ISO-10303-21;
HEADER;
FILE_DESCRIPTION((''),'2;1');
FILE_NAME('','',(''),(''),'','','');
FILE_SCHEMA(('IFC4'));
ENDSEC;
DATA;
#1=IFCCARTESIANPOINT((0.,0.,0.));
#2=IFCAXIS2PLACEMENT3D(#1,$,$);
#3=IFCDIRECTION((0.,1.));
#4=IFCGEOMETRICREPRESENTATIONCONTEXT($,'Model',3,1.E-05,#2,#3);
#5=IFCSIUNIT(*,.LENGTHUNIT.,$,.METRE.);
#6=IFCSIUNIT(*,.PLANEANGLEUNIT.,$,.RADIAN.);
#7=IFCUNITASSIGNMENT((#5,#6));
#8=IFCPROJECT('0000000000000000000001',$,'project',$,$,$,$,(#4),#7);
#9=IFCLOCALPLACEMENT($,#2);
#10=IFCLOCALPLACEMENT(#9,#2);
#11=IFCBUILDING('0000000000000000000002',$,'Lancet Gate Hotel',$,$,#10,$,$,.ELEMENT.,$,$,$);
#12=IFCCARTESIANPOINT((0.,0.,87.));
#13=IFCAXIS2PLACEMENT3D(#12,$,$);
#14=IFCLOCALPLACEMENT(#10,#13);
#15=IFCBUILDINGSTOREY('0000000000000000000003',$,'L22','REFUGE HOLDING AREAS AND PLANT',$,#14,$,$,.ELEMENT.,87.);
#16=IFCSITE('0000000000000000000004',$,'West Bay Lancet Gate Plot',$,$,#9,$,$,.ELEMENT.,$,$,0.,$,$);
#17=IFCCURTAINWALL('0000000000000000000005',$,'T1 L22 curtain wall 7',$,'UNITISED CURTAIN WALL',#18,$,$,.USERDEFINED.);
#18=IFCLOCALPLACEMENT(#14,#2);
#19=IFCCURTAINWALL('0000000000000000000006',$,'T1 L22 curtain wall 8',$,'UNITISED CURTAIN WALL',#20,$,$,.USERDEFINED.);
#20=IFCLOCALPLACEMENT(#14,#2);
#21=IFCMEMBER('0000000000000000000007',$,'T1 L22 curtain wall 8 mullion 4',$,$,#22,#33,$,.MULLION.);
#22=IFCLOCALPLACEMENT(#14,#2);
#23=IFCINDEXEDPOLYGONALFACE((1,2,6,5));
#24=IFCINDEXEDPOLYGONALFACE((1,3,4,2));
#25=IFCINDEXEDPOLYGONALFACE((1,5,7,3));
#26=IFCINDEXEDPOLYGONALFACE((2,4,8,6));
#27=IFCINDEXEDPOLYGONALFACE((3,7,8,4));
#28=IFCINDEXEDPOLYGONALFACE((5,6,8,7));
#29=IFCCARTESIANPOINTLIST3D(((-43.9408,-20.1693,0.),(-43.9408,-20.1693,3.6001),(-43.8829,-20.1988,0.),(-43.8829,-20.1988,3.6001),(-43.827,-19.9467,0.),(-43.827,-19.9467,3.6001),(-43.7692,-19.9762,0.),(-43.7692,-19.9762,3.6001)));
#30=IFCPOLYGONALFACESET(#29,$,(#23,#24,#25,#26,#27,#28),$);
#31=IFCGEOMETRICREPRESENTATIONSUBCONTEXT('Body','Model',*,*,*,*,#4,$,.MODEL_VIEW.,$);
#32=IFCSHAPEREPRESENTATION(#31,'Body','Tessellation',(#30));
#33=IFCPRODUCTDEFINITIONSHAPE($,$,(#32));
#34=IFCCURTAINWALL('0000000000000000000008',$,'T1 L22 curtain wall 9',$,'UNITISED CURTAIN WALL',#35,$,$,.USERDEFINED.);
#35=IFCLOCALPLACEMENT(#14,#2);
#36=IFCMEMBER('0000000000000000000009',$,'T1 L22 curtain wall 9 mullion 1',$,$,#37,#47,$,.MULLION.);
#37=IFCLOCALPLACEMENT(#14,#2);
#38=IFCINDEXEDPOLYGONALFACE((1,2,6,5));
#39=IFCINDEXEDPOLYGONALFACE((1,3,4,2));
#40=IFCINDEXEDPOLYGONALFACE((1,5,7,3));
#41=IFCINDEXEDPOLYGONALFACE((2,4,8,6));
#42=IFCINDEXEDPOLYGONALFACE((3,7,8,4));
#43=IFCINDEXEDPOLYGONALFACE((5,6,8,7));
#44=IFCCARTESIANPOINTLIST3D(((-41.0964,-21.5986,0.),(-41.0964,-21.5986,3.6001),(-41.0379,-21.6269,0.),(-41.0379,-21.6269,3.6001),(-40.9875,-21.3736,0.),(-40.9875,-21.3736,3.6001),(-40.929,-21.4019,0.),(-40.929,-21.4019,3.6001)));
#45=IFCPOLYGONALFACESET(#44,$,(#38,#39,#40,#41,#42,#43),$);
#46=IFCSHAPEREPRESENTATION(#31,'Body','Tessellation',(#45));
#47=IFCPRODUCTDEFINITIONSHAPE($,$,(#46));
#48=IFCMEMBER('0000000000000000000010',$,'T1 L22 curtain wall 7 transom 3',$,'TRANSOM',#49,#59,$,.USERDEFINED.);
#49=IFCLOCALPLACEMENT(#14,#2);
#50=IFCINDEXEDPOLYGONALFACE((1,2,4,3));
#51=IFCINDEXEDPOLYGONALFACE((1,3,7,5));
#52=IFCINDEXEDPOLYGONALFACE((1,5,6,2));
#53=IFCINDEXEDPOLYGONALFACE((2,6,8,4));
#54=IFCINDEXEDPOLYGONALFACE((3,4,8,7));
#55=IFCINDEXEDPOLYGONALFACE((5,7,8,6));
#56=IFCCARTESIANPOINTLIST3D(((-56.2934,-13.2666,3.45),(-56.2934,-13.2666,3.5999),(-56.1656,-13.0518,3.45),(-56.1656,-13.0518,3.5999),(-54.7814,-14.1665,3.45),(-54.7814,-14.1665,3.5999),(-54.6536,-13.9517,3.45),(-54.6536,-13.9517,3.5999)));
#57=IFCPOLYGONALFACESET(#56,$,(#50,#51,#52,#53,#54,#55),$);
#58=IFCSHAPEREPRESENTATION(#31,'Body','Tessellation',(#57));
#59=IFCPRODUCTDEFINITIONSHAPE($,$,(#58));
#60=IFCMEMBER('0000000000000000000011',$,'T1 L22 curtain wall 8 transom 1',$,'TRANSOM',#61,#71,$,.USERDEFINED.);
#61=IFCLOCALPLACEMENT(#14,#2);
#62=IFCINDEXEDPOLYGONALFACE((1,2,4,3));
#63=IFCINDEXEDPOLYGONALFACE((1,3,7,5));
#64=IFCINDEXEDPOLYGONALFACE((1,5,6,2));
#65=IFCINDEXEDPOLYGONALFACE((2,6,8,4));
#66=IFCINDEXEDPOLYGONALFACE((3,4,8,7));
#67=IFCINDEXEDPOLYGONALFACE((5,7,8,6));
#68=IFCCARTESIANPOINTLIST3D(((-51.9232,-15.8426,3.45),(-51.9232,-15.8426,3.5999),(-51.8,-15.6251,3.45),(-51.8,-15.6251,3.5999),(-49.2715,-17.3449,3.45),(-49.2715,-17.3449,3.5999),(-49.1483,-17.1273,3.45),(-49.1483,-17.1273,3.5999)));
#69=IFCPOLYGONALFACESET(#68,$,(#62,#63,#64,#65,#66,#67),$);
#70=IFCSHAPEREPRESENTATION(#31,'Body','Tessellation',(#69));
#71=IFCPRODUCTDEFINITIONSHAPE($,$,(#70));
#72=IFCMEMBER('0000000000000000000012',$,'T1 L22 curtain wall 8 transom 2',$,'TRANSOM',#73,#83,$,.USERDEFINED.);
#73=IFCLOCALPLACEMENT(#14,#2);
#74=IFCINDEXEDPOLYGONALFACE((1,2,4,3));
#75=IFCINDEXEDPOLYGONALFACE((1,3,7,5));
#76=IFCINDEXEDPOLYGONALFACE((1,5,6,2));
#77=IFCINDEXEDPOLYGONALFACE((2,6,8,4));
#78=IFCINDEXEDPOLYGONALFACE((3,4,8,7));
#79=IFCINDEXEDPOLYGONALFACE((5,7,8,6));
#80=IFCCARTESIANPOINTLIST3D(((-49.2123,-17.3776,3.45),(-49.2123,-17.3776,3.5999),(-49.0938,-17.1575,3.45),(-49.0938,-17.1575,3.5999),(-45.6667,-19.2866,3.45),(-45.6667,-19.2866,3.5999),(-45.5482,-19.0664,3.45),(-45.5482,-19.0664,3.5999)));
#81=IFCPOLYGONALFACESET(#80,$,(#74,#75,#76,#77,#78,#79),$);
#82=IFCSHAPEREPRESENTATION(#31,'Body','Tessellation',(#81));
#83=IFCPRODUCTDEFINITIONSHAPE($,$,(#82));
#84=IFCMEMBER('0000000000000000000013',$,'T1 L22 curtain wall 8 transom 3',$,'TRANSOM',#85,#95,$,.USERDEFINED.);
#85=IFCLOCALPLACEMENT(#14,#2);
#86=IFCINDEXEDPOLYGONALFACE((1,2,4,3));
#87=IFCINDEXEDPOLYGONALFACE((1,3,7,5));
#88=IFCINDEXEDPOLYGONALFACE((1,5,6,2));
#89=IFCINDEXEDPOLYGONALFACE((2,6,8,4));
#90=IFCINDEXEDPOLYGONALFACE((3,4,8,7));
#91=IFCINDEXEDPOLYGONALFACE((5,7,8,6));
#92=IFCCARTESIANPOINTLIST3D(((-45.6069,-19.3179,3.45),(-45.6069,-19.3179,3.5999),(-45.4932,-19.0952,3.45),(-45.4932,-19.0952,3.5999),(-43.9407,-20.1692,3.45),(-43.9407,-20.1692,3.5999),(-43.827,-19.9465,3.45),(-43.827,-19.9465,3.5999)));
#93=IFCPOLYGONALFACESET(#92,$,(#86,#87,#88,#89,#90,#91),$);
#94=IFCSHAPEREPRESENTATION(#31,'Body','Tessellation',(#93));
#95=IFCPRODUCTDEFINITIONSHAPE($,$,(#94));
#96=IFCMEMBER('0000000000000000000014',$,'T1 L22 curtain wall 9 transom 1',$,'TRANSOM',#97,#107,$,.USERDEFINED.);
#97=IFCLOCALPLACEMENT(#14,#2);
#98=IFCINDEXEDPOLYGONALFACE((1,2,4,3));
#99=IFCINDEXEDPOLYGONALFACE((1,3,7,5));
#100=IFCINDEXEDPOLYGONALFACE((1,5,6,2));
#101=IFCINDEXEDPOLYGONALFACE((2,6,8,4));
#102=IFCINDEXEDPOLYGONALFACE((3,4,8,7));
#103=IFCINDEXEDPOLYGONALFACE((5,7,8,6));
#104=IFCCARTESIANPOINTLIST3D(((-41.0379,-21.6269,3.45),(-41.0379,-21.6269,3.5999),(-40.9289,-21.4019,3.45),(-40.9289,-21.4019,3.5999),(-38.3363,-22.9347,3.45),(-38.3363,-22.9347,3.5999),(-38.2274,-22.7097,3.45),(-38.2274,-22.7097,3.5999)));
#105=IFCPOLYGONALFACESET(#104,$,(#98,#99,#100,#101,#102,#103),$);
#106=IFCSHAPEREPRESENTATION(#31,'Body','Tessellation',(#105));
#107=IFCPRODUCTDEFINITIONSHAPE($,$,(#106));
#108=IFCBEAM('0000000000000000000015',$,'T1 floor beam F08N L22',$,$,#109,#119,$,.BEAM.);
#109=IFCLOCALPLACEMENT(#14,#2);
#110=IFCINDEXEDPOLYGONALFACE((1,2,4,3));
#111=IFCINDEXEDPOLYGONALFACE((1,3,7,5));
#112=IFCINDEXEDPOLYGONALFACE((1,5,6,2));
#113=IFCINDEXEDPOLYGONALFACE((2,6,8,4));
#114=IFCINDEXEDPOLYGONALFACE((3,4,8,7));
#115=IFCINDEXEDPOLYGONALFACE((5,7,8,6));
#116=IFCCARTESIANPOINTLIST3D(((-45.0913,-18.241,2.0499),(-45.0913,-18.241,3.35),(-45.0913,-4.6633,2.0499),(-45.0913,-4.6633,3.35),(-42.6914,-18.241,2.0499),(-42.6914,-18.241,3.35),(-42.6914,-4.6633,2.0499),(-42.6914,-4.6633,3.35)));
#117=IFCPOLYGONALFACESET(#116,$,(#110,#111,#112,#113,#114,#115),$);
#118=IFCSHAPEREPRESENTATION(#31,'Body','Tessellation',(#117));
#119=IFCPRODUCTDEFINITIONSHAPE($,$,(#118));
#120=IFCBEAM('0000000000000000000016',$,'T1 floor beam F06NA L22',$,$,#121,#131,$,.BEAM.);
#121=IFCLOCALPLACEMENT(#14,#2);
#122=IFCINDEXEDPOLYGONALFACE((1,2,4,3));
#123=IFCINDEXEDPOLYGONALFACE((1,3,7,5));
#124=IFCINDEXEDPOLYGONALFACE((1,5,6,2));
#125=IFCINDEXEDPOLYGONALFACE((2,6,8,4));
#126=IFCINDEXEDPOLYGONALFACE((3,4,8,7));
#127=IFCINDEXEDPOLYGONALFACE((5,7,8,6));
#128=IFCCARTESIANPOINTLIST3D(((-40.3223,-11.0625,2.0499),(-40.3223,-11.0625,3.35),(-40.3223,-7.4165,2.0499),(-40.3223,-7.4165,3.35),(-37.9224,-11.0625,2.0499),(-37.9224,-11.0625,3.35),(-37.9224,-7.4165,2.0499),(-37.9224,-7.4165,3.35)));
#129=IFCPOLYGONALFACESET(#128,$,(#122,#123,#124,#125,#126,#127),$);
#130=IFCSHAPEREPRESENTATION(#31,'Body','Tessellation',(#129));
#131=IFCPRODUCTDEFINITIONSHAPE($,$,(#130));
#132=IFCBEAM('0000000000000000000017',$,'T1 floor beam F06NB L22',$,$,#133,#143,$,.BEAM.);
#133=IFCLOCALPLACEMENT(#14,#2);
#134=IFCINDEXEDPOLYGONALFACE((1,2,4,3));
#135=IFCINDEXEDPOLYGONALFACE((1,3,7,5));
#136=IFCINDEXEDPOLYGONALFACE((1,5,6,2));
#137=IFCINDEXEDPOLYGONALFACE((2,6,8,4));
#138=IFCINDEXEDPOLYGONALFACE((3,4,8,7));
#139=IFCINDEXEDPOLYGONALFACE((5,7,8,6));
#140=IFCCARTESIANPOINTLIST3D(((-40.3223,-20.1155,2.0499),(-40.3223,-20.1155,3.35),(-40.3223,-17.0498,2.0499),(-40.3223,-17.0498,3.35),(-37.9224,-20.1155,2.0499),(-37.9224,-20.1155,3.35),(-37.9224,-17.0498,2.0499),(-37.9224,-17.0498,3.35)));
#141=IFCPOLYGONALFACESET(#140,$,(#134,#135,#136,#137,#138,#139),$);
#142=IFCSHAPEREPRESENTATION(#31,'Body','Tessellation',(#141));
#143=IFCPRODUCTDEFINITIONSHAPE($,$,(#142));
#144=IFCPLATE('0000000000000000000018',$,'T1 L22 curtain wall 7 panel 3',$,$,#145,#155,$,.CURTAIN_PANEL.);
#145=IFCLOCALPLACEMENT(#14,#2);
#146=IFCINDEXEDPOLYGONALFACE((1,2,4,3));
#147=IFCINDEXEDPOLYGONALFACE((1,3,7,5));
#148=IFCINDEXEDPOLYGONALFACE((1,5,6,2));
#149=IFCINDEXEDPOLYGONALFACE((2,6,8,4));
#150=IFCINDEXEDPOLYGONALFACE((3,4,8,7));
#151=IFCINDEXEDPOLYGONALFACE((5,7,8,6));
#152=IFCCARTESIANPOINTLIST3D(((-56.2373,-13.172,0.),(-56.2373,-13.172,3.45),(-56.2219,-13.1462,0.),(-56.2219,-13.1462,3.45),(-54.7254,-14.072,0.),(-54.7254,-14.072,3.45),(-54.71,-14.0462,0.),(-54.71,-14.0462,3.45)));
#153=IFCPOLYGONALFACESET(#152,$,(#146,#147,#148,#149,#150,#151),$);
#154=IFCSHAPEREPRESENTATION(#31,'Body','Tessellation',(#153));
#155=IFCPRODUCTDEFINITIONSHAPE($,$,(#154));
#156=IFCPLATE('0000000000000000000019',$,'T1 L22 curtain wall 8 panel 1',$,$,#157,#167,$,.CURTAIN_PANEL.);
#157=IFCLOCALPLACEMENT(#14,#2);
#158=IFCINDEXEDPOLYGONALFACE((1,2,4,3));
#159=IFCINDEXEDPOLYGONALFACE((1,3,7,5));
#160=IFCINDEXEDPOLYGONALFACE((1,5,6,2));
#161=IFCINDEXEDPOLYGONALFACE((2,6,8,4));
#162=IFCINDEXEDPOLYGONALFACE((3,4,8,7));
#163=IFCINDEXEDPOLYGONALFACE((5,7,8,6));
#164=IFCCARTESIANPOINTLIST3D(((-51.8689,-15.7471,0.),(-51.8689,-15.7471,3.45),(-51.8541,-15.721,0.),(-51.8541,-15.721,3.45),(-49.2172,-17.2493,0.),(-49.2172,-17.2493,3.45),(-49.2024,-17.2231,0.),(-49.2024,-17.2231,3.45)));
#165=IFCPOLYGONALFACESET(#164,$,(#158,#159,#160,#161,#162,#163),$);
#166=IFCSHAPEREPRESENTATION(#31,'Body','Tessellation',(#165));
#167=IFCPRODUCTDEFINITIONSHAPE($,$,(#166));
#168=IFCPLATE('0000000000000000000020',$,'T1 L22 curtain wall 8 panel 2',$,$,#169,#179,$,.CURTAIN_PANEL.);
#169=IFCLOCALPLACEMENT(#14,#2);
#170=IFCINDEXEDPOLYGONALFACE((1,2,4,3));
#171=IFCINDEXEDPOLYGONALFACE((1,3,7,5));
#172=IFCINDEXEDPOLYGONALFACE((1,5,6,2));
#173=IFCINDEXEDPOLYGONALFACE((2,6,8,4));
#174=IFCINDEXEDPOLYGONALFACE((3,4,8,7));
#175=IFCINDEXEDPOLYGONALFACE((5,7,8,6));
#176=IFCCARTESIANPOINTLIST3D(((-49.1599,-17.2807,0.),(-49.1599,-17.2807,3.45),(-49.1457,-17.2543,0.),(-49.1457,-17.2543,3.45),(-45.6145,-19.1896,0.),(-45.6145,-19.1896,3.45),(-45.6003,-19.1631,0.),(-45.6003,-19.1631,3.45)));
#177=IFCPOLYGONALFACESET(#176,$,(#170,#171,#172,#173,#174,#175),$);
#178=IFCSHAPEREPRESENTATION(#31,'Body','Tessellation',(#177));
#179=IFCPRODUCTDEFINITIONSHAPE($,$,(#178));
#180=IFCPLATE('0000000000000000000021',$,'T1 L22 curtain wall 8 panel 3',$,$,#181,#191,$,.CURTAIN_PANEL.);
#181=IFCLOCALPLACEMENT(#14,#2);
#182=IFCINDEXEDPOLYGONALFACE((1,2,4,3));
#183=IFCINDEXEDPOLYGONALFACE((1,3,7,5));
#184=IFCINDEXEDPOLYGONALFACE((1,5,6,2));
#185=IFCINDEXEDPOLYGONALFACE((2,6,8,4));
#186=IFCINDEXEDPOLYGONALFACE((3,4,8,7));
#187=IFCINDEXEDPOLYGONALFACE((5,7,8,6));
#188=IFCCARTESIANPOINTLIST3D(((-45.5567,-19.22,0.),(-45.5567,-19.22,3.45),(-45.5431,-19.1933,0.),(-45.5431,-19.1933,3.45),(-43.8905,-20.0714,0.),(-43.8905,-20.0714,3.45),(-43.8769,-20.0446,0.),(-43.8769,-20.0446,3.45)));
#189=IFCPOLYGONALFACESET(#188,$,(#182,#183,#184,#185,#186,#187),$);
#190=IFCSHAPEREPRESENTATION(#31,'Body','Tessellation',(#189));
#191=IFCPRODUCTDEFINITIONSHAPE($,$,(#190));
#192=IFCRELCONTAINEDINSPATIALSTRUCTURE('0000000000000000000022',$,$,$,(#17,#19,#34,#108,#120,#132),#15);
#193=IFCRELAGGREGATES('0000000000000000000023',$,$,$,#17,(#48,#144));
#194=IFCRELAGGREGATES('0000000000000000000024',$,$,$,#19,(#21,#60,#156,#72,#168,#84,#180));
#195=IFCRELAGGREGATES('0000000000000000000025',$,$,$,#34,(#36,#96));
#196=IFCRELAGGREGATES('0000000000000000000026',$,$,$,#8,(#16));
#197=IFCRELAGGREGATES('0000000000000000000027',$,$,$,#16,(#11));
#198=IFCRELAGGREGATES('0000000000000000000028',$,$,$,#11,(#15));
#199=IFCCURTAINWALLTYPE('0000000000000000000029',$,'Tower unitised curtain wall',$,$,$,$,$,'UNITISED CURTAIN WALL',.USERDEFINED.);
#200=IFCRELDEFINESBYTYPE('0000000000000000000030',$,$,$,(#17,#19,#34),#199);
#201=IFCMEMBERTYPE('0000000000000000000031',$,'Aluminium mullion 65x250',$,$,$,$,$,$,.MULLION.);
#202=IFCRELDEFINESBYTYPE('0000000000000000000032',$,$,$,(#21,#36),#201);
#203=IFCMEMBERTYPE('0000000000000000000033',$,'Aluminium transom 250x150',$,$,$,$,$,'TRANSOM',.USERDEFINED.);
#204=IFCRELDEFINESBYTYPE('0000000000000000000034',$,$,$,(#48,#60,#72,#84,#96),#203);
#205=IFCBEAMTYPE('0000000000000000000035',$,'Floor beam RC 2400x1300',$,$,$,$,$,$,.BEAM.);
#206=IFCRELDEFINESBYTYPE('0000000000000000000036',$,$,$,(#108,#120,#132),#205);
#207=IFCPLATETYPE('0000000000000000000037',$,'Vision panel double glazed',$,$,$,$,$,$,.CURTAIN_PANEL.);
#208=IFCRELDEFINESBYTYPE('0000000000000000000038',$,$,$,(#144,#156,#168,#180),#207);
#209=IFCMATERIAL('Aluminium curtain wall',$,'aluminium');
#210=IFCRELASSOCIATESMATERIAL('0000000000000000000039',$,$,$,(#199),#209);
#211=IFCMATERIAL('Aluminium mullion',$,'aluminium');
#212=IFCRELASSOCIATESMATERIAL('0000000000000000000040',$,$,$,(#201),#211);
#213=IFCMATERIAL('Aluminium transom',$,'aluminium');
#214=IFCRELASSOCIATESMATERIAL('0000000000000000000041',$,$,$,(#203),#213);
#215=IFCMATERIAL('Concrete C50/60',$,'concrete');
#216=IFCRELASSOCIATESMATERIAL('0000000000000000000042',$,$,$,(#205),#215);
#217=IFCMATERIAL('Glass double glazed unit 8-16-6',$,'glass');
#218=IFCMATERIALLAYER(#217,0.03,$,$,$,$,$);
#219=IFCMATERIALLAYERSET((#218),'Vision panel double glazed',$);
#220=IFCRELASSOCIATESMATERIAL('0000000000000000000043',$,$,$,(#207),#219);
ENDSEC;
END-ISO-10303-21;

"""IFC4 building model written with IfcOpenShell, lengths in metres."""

from ifc_helpers import new_model, si_unit, direction, frame, origin, origin_2d, place, context, subcontext, project, spatial, rectangle, extrude, material, layer, layer_set, material_profile, profile_set, type_object, element, aggregate, save


model = new_model("IFC4")

# Units and contexts
model_context = context("Model", 3, precision=1e-05, world=origin(), true_north=direction((0.0, 1.0)))
body_context = subcontext(model_context, "Body", "Model", "MODEL_VIEW")
ifc_project = project(units=[si_unit("LENGTHUNIT", "METRE"), si_unit("PLANEANGLEUNIT", "RADIAN")], contexts=[model_context])

# Site, building, storey
site_placement = place(None, origin())
site = spatial("IfcSite", under=ifc_project, at=site_placement, Name="West Bay Lancet Gate Plot", CompositionType="ELEMENT", RefElevation=0.0)
building_placement = place(site_placement, origin())
building = spatial("IfcBuilding", under=site, at=building_placement, Name="Lancet Gate Hotel", CompositionType="ELEMENT")
storey_placement = place(building_placement, frame((0.0, 0.0, 87.0)))
storey = spatial("IfcBuildingStorey", under=building, at=storey_placement, Name="L22", Description="REFUGE HOLDING AREAS AND PLANT", CompositionType="ELEMENT", Elevation=87.0)

# Curtain walls, member
ifc_material_1 = material(Name="Aluminium curtain wall", Category="aluminium")
curtain_wall_type = type_object("IfcCurtainWallType", Name="Tower unitised curtain wall", ElementType="UNITISED CURTAIN WALL", PredefinedType="USERDEFINED", material=ifc_material_1)
curtain_wall_1_placement = place(storey_placement, origin())
curtain_wall_1 = element("IfcCurtainWall", 1, at=curtain_wall_1_placement, inside=storey, type_object=curtain_wall_type, Name="T1 L22 curtain wall 7", ObjectType="UNITISED CURTAIN WALL", PredefinedType="USERDEFINED")
ifc_material_2 = material(Name="Aluminium mullion", Category="aluminium")
ifc_material_profile_1 = material_profile(ifc_material_2, rectangle(XDim=0.0649, YDim=0.25, at=origin_2d()), Name="MULLION 65x250")
ifc_profile_set_1 = profile_set([ifc_material_profile_1], Name="Aluminium mullion")
member_type_1 = type_object("IfcMemberType", Name="Aluminium mullion 65x250", PredefinedType="MULLION", material=ifc_profile_set_1)
curtain_wall_2_placement = place(storey_placement, origin())
curtain_wall_2 = element("IfcCurtainWall", 2, at=curtain_wall_2_placement, inside=storey, type_object=curtain_wall_type, Name="T1 L22 curtain wall 8", ObjectType="UNITISED CURTAIN WALL", PredefinedType="USERDEFINED")
member_1_placement = place(storey_placement, frame((-43.855, -20.0728, 0.0), z_axis=(0.0, 0.0, 1.0), x_axis=(0.890493, -0.454996, 0.0)))
member_1 = element("IfcMember", 3, at=member_1_placement, type_object=member_type_1, Name="T1 L22 curtain wall 8 mullion 4", PredefinedType="MULLION", context=body_context, shape_type="SweptSolid", body=[
    extrude(rectangle(XDim=0.0649, YDim=0.25, at=origin_2d()), origin(), (0.0, 0.0, 1.0), 3.6001),
])

# Curtain wall, member
curtain_wall_3_placement = place(storey_placement, origin())
curtain_wall_3 = element("IfcCurtainWall", 4, at=curtain_wall_3_placement, inside=storey, type_object=curtain_wall_type, Name="T1 L22 curtain wall 9", ObjectType="UNITISED CURTAIN WALL", PredefinedType="USERDEFINED")
member_2_placement = place(storey_placement, frame((-41.0127, -21.5002, 0.0), z_axis=(0.0, 0.0, 1.0), x_axis=(0.900082, -0.435721, 0.0)))
member_2 = element("IfcMember", 5, at=member_2_placement, type_object=member_type_1, Name="T1 L22 curtain wall 9 mullion 1", PredefinedType="MULLION", context=body_context, shape_type="SweptSolid", body=[
    extrude(rectangle(XDim=0.0649, YDim=0.25, at=origin_2d()), origin(), (0.0, 0.0, 1.0), 3.6001),
])

# Members
ifc_material_3 = material(Name="Aluminium transom", Category="aluminium")
ifc_material_profile_2 = material_profile(ifc_material_3, rectangle(XDim=0.25, YDim=0.1499, at=origin_2d()), Name="TRANSOM 250x150")
ifc_profile_set_2 = profile_set([ifc_material_profile_2], Name="Aluminium transom")
member_type_2 = type_object("IfcMemberType", Name="Aluminium transom 250x150", ElementType="TRANSOM", PredefinedType="USERDEFINED", material=ifc_profile_set_2)
member_3_placement = place(storey_placement, frame((-56.2295, -13.1592, 3.5249), z_axis=(0.859312, -0.511452, 0.0), x_axis=(0.511452, 0.859312, 0.0)))
member_3 = element("IfcMember", 6, at=member_3_placement, type_object=member_type_2, Name="T1 L22 curtain wall 7 transom 3", ObjectType="TRANSOM", PredefinedType="USERDEFINED", context=body_context, shape_type="SweptSolid", body=[
    extrude(rectangle(XDim=0.25, YDim=0.1499, at=origin_2d()), origin(), (0.0, 0.0, 1.0), 1.7595),
])
member_4_placement = place(storey_placement, frame((-51.8616, -15.7339, 3.5249), z_axis=(0.870076, -0.492918, 0.0), x_axis=(0.492918, 0.870076, 0.0)))
member_4 = element("IfcMember", 7, at=member_4_placement, type_object=member_type_2, Name="T1 L22 curtain wall 8 transom 1", ObjectType="TRANSOM", PredefinedType="USERDEFINED", context=body_context, shape_type="SweptSolid", body=[
    extrude(rectangle(XDim=0.25, YDim=0.1499, at=origin_2d()), origin(), (0.0, 0.0, 1.0), 3.0476),
])
member_5_placement = place(storey_placement, frame((-49.1531, -17.2676, 3.5249), z_axis=(0.880498, -0.474049, 0.0), x_axis=(0.474049, 0.880498, 0.0)))
member_5 = element("IfcMember", 8, at=member_5_placement, type_object=member_type_2, Name="T1 L22 curtain wall 8 transom 2", ObjectType="TRANSOM", PredefinedType="USERDEFINED", context=body_context, shape_type="SweptSolid", body=[
    extrude(rectangle(XDim=0.25, YDim=0.1499, at=origin_2d()), origin(), (0.0, 0.0, 1.0), 4.0269),
])
member_6_placement = place(storey_placement, frame((-45.55, -19.2065, 3.5249), z_axis=(0.890505, -0.454973, 0.0), x_axis=(0.454973, 0.890505, 0.0)))
member_6 = element("IfcMember", 9, at=member_6_placement, type_object=member_type_2, Name="T1 L22 curtain wall 8 transom 3", ObjectType="TRANSOM", PredefinedType="USERDEFINED", context=body_context, shape_type="SweptSolid", body=[
    extrude(rectangle(XDim=0.25, YDim=0.1499, at=origin_2d()), origin(), (0.0, 0.0, 1.0), 1.8711),
])
member_7_placement = place(storey_placement, frame((-40.9834, -21.5144, 3.5249), z_axis=(0.90008, -0.435725, 0.0), x_axis=(0.435725, 0.90008, 0.0)))
member_7 = element("IfcMember", 10, at=member_7_placement, type_object=member_type_2, Name="T1 L22 curtain wall 9 transom 1", ObjectType="TRANSOM", PredefinedType="USERDEFINED", context=body_context, shape_type="SweptSolid", body=[
    extrude(rectangle(XDim=0.25, YDim=0.1499, at=origin_2d()), origin(), (0.0, 0.0, 1.0), 3.0015),
])

# Beams
ifc_material_4 = material(Name="Concrete C50/60", Category="concrete")
ifc_material_profile_3 = material_profile(ifc_material_4, rectangle(XDim=2.3999, YDim=1.3, at=origin_2d()), Name="RC 2400x1300")
ifc_profile_set_3 = profile_set([ifc_material_profile_3], Name="Concrete C50/60")
beam_type = type_object("IfcBeamType", Name="Floor beam RC 2400x1300", PredefinedType="BEAM", material=ifc_profile_set_3)
beam_1_placement = place(storey_placement, frame((-43.8914, -4.6633, 2.7), z_axis=(0.0, -1.0, 0.0), x_axis=(1.0, 0.0, 0.0)))
element("IfcBeam", 11, at=beam_1_placement, inside=storey, type_object=beam_type, Name="T1 floor beam F08N L22", PredefinedType="BEAM", context=body_context, shape_type="SweptSolid", body=[
    extrude(rectangle(XDim=2.3999, YDim=1.3, at=origin_2d()), origin(), (0.0, 0.0, 1.0), 13.5776),
])
beam_2_placement = place(storey_placement, frame((-39.1223, -7.4165, 2.7), z_axis=(0.0, -1.0, 0.0), x_axis=(1.0, 0.0, 0.0)))
element("IfcBeam", 12, at=beam_2_placement, inside=storey, type_object=beam_type, Name="T1 floor beam F06NA L22", PredefinedType="BEAM", context=body_context, shape_type="SweptSolid", body=[
    extrude(rectangle(XDim=2.3999, YDim=1.3, at=origin_2d()), origin(), (0.0, 0.0, 1.0), 3.646),
])
beam_3_placement = place(storey_placement, frame((-39.1223, -17.0498, 2.7), z_axis=(0.0, -1.0, 0.0), x_axis=(1.0, 0.0, 0.0)))
element("IfcBeam", 13, at=beam_3_placement, inside=storey, type_object=beam_type, Name="T1 floor beam F06NB L22", PredefinedType="BEAM", context=body_context, shape_type="SweptSolid", body=[
    extrude(rectangle(XDim=2.3999, YDim=1.3, at=origin_2d()), origin(), (0.0, 0.0, 1.0), 3.0657),
])

# Plates
ifc_material_5 = material(Name="Glass double glazed unit 8-16-6", Category="glass")
ifc_layer_1 = layer(ifc_material_5, 0.03)
ifc_layer_set_1 = layer_set([ifc_layer_1], Name="Vision panel double glazed")
plate_type = type_object("IfcPlateType", Name="Vision panel double glazed", PredefinedType="CURTAIN_PANEL", material=ifc_layer_set_1)
plate_1_placement = place(storey_placement, frame((-55.4736, -13.6091, 0.0), z_axis=(0.0, 0.0, 1.0), x_axis=(0.859271, -0.51152, 0.0)))
plate_1 = element("IfcPlate", 14, at=plate_1_placement, type_object=plate_type, Name="T1 L22 curtain wall 7 panel 3", PredefinedType="CURTAIN_PANEL", context=body_context, shape_type="SweptSolid", body=[
    extrude(rectangle(XDim=1.7595, YDim=0.03, at=origin_2d()), origin(), (0.0, 0.0, 1.0), 3.45),
])
aggregate(curtain_wall_1, [member_3, plate_1])
plate_2_placement = place(storey_placement, frame((-50.5356, -16.4851, 0.0), z_axis=(0.0, 0.0, 1.0), x_axis=(0.870084, -0.492904, 0.0)))
plate_2 = element("IfcPlate", 15, at=plate_2_placement, type_object=plate_type, Name="T1 L22 curtain wall 8 panel 1", PredefinedType="CURTAIN_PANEL", context=body_context, shape_type="SweptSolid", body=[
    extrude(rectangle(XDim=3.0476, YDim=0.03, at=origin_2d()), origin(), (0.0, 0.0, 1.0), 3.45),
])
plate_3_placement = place(storey_placement, frame((-47.3801, -18.2219, 0.0), z_axis=(0.0, 0.0, 1.0), x_axis=(0.880493, -0.47406, 0.0)))
plate_3 = element("IfcPlate", 16, at=plate_3_placement, type_object=plate_type, Name="T1 L22 curtain wall 8 panel 2", PredefinedType="CURTAIN_PANEL", context=body_context, shape_type="SweptSolid", body=[
    extrude(rectangle(XDim=4.0266, YDim=0.03, at=origin_2d()), origin(), (0.0, 0.0, 1.0), 3.45),
])
plate_4_placement = place(storey_placement, frame((-44.7168, -19.6323, 0.0), z_axis=(0.0, 0.0, 1.0), x_axis=(0.890493, -0.454996, 0.0)))
plate_4 = element("IfcPlate", 17, at=plate_4_placement, type_object=plate_type, Name="T1 L22 curtain wall 8 panel 3", PredefinedType="CURTAIN_PANEL", context=body_context, shape_type="SweptSolid", body=[
    extrude(rectangle(XDim=1.8711, YDim=0.03, at=origin_2d()), origin(), (0.0, 0.0, 1.0), 3.45),
])
aggregate(curtain_wall_2, [member_1, member_4, plate_2, member_5, plate_3, member_6, plate_4])
aggregate(curtain_wall_3, [member_2, member_7])

save(model, "model.ifc")
